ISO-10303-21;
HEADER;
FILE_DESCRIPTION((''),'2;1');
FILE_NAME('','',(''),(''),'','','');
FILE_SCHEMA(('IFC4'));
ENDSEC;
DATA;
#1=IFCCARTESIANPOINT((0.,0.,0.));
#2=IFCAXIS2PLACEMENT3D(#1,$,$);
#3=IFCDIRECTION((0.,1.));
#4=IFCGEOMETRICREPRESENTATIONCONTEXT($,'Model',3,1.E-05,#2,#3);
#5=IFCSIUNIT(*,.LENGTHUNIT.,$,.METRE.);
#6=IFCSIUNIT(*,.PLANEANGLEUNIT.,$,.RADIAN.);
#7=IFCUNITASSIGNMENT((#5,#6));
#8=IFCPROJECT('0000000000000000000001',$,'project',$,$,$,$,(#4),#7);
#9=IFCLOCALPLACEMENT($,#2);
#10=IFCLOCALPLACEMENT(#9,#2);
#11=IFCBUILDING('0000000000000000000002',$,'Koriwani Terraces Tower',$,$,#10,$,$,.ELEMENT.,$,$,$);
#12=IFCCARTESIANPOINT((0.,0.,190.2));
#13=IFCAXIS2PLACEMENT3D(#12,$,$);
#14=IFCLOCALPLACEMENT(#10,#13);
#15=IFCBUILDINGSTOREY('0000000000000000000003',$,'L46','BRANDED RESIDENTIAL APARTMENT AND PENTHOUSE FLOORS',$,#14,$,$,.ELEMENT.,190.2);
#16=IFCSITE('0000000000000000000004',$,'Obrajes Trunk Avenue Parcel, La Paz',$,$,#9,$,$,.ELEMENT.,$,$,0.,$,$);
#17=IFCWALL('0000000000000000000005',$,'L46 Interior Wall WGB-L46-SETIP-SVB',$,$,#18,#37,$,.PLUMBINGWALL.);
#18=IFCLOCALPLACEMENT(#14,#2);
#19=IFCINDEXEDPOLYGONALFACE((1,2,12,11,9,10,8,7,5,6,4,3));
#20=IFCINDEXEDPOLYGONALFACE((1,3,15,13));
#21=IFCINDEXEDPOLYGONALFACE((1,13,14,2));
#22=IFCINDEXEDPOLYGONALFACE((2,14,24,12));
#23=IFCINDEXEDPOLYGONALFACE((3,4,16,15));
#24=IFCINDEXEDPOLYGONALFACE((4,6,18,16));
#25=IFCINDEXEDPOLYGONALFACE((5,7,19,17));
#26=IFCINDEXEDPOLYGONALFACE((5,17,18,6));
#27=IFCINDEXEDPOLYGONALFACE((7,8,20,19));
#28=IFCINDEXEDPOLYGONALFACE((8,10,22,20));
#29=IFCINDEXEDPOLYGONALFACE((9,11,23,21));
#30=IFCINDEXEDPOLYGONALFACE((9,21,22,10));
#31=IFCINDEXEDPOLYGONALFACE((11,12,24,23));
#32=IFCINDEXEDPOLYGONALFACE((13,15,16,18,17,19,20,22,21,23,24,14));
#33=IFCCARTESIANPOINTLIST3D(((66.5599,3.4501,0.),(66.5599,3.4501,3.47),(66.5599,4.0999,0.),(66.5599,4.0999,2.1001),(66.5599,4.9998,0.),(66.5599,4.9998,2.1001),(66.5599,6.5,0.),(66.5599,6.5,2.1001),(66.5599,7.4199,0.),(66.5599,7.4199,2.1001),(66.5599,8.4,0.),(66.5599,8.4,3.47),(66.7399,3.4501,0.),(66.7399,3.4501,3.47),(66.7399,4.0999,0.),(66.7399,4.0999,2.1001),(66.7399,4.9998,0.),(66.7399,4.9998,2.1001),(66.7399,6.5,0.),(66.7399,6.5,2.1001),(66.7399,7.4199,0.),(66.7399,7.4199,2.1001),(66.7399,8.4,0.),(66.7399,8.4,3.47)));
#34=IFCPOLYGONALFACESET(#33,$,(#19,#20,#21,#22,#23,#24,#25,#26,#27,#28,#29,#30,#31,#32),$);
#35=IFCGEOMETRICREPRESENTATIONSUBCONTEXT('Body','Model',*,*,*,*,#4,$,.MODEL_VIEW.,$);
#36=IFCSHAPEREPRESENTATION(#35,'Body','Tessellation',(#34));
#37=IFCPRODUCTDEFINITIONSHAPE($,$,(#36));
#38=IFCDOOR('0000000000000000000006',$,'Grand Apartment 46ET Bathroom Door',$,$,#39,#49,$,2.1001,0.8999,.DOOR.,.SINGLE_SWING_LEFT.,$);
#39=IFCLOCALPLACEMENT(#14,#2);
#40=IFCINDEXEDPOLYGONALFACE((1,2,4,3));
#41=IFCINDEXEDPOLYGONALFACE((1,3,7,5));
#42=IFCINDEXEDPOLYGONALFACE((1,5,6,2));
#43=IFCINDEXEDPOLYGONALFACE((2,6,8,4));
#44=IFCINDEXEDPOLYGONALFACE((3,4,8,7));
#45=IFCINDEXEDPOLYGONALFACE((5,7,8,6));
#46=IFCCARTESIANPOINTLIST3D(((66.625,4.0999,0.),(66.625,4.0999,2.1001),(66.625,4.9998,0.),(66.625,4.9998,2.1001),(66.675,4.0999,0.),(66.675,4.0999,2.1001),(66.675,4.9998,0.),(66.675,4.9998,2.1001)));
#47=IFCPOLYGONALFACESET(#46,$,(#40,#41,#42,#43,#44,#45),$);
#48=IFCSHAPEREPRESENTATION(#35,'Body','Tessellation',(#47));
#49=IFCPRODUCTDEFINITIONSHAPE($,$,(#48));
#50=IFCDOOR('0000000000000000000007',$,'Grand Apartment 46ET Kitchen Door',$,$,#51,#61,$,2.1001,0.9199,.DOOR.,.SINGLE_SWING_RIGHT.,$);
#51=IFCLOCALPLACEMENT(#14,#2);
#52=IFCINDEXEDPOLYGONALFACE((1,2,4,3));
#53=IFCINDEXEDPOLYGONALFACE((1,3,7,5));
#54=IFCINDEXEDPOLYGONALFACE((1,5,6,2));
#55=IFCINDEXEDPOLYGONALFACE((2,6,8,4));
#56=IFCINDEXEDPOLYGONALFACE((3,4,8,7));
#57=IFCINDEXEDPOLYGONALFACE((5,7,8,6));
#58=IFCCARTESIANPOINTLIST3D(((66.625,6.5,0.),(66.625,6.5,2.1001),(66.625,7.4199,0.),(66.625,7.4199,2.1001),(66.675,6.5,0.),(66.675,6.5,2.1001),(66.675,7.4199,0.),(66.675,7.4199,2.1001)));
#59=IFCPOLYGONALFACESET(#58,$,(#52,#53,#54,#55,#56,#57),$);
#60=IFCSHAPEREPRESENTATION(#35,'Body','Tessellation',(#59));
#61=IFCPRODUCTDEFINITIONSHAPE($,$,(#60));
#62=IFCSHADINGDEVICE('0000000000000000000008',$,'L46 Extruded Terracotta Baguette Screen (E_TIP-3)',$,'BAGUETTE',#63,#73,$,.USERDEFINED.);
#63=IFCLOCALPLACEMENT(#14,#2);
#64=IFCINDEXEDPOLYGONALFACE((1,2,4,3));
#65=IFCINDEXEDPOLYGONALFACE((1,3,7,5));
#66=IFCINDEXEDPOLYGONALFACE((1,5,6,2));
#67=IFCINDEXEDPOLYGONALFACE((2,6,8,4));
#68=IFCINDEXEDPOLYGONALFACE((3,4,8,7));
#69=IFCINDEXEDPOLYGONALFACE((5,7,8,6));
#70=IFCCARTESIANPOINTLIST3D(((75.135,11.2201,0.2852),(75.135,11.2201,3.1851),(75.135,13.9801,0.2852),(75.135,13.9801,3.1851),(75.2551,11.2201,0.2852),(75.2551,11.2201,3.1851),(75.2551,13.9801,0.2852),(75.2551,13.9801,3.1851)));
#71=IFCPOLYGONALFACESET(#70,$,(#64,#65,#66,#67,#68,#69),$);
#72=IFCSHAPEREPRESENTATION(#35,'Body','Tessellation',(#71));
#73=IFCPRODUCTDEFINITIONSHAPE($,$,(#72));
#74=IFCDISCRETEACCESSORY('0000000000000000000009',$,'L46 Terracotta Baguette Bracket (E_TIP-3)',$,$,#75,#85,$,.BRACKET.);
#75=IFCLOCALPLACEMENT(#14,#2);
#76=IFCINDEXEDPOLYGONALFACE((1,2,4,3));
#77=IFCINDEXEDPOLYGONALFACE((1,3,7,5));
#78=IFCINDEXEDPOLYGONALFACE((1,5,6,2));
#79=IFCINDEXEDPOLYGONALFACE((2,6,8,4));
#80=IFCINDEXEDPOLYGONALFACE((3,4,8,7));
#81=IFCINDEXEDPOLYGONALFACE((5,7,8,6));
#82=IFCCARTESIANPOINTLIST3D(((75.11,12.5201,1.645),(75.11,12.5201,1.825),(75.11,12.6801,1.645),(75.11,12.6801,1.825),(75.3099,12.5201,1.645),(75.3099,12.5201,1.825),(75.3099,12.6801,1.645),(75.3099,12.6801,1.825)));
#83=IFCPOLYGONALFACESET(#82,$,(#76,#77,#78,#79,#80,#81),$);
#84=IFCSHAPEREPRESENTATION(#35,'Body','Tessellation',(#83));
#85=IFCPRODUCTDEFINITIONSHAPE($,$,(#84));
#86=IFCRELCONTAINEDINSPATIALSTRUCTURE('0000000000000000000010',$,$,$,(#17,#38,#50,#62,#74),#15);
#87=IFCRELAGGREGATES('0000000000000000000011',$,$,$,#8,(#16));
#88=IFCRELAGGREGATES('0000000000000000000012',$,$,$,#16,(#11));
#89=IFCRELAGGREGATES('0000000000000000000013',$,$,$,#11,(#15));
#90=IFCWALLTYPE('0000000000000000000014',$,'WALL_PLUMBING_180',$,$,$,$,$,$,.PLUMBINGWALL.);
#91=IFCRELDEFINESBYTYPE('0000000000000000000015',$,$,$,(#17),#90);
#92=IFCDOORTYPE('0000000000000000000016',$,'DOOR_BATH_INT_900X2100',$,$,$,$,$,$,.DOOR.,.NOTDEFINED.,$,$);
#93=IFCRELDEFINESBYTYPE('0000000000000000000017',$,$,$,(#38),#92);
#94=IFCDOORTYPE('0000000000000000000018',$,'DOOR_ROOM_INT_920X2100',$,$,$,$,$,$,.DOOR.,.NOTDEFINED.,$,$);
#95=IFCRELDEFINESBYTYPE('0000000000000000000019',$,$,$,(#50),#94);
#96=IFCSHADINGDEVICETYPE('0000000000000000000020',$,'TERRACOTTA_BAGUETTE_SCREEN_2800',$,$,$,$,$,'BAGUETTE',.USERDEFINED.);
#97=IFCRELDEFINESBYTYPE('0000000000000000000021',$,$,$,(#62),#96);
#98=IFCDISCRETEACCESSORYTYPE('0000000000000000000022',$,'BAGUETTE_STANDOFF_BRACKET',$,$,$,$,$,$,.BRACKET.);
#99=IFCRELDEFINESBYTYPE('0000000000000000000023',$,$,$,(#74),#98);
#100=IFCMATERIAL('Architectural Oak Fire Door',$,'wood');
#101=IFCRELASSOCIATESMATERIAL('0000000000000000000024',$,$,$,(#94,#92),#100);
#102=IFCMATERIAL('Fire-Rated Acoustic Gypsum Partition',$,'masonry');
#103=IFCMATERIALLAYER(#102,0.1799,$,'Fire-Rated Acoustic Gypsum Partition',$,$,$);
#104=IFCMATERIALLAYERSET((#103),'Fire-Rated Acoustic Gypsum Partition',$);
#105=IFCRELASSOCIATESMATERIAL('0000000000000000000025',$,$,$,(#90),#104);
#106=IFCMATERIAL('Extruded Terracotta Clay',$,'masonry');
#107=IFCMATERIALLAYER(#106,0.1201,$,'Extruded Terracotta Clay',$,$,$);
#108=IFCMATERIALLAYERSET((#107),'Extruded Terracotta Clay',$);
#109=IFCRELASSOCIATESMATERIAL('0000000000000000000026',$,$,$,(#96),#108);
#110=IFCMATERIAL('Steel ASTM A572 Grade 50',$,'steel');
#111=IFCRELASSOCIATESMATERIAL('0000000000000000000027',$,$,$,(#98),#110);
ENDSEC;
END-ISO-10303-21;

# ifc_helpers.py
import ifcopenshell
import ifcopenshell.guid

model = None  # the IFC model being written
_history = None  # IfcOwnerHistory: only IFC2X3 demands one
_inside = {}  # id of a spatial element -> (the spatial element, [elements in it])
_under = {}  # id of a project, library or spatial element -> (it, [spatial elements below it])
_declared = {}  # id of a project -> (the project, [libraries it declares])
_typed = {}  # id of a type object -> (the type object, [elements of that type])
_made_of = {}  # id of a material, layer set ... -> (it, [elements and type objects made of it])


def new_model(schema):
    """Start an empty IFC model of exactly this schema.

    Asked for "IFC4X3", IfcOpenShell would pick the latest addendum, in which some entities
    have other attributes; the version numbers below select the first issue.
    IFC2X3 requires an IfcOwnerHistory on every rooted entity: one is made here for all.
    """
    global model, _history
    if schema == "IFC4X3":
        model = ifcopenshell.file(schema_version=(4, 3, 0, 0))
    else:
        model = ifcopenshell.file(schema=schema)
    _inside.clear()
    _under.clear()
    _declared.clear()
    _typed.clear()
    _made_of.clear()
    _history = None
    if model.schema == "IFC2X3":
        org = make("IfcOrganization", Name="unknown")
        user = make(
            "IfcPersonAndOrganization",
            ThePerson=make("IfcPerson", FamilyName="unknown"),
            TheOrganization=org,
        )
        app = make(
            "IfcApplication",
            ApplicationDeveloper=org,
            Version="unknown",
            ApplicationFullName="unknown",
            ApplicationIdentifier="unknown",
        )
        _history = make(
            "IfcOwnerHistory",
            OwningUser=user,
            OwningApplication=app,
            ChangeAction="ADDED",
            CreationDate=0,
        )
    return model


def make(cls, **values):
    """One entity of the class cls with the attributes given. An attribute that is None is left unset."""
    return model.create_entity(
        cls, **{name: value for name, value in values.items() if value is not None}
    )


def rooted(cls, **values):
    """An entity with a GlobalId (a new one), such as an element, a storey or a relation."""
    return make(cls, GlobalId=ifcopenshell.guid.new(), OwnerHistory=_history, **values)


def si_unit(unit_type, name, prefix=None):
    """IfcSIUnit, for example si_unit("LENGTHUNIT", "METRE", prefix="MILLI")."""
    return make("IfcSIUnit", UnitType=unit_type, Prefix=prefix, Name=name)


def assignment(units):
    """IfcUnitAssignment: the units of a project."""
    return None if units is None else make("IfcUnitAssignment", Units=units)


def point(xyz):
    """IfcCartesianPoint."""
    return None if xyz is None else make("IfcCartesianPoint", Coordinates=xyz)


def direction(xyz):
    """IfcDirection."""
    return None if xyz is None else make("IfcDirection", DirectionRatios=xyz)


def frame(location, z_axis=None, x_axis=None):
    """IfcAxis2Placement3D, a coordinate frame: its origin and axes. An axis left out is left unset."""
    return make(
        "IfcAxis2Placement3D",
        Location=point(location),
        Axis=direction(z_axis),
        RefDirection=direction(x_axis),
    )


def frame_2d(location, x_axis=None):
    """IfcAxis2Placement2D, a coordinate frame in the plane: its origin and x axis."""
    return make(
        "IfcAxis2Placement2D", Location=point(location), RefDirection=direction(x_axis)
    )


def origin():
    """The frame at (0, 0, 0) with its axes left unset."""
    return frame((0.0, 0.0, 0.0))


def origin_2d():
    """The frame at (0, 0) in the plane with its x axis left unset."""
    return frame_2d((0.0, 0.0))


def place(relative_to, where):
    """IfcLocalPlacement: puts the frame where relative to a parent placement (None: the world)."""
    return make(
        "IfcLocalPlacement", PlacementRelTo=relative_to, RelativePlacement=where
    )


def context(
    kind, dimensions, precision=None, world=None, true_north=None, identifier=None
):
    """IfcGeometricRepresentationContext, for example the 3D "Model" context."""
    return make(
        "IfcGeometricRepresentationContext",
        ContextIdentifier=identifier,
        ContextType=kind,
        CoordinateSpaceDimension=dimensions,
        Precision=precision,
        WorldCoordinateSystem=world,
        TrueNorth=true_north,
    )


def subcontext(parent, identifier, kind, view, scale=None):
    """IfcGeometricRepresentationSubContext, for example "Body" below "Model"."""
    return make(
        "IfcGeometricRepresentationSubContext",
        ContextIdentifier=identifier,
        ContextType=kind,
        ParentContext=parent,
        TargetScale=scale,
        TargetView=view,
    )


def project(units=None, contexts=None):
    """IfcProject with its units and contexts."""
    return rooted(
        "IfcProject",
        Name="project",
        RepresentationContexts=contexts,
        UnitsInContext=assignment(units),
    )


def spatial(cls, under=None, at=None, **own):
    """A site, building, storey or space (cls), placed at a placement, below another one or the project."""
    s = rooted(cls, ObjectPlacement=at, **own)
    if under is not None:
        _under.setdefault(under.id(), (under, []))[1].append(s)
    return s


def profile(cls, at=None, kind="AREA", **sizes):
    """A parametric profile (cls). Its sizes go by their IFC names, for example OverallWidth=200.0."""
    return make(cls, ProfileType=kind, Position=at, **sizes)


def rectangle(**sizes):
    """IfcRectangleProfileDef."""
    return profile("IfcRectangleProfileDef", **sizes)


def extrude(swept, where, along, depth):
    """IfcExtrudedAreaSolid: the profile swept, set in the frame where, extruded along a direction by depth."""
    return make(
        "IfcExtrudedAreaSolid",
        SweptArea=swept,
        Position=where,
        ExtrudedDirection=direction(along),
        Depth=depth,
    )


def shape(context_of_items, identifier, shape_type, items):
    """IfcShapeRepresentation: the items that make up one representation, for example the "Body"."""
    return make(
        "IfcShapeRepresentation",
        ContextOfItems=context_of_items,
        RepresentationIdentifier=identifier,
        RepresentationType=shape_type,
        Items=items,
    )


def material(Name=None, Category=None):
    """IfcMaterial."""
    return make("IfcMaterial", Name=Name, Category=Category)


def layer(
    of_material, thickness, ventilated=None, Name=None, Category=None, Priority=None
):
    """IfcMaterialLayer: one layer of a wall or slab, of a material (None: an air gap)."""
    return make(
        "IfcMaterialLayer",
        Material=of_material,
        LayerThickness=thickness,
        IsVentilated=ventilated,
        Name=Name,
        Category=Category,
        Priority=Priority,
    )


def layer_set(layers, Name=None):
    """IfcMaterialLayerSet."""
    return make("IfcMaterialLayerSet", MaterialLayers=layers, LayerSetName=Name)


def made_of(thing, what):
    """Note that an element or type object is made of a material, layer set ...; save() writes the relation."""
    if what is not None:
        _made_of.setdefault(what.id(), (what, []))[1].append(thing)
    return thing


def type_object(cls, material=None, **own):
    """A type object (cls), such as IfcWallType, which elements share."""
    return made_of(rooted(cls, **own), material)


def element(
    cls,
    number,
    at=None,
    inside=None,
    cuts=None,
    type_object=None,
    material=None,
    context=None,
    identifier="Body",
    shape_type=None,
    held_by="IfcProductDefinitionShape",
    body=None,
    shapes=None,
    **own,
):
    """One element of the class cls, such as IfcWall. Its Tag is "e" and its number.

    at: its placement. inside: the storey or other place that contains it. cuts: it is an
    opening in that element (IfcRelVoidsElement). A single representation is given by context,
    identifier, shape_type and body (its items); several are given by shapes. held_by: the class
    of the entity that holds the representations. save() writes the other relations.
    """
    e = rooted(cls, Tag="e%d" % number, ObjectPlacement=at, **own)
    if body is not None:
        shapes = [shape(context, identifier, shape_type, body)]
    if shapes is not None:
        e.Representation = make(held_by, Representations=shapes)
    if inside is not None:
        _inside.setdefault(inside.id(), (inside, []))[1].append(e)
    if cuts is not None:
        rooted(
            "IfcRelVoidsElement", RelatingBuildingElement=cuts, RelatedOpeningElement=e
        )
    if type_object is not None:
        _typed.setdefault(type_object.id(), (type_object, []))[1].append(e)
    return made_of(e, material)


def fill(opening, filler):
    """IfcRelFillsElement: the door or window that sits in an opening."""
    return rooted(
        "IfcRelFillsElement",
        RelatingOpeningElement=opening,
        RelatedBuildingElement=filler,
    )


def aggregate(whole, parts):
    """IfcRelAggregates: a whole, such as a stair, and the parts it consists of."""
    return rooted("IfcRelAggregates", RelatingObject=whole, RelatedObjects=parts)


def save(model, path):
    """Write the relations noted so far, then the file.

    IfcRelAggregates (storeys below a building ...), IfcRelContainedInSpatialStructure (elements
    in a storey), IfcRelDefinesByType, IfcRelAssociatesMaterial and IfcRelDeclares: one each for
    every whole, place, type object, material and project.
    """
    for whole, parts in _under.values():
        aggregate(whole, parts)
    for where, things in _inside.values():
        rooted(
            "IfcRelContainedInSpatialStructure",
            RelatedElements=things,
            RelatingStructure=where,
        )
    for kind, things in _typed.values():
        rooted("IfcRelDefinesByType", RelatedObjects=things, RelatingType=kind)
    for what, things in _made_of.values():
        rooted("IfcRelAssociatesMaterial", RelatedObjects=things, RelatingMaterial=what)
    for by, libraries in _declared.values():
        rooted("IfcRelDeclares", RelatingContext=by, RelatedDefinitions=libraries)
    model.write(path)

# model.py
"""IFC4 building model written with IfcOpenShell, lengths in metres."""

from ifc_helpers import new_model, si_unit, direction, frame, frame_2d, origin, origin_2d, place, context, subcontext, project, spatial, rectangle, extrude, material, layer, layer_set, type_object, element, fill, save


model = new_model("IFC4")

# Units and contexts
model_context = context("Model", 3, precision=1e-05, world=origin(), true_north=direction((0.0, 1.0)))
body_context = subcontext(model_context, "Body", "Model", "MODEL_VIEW")
ifc_project = project(units=[si_unit("LENGTHUNIT", "METRE"), si_unit("PLANEANGLEUNIT", "RADIAN")], contexts=[model_context])

# Site, building, storey
site_placement = place(None, origin())
site = spatial("IfcSite", under=ifc_project, at=site_placement, Name="Obrajes Trunk Avenue Parcel, La Paz", CompositionType="ELEMENT", RefElevation=0.0)
building_placement = place(site_placement, origin())
building = spatial("IfcBuilding", under=site, at=building_placement, Name="Koriwani Terraces Tower", CompositionType="ELEMENT")
storey_placement = place(building_placement, frame((0.0, 0.0, 190.2)))
storey = spatial("IfcBuildingStorey", under=building, at=storey_placement, Name="L46", Description="BRANDED RESIDENTIAL APARTMENT AND PENTHOUSE FLOORS", CompositionType="ELEMENT", Elevation=190.2)

# Shared definitions
ifc_material_1 = material(Name="Steel ASTM A572 Grade 50", Category="steel")

# Shared definitions
ifc_material_2 = material(Name="Fire-Rated Acoustic Gypsum Partition", Category="masonry")
ifc_material_3 = material(Name="Architectural Oak Fire Door", Category="wood")
door_type_1 = type_object("IfcDoorType", Name="DOOR_ROOM_INT_920X2100", OperationType="NOTDEFINED", PredefinedType="DOOR", material=ifc_material_3)

# Wall, openings, doors
ifc_layer_1 = layer(ifc_material_2, 0.1799, Name="Fire-Rated Acoustic Gypsum Partition")
ifc_layer_set_1 = layer_set([ifc_layer_1], Name="Fire-Rated Acoustic Gypsum Partition")
wall_type_1 = type_object("IfcWallType", Name="WALL_PLUMBING_180", PredefinedType="PLUMBINGWALL", material=ifc_layer_set_1)
wall_1_placement = place(storey_placement, frame((66.6499, 3.45, 0.0), z_axis=(0.0, 0.0, 1.0), x_axis=(0.0, 1.0, 0.0)))
wall_1 = element("IfcWall", 1, at=wall_1_placement, inside=storey, type_object=wall_type_1, Name="L46 Interior Wall WGB-L46-SETIP-SVB", PredefinedType="PLUMBINGWALL", context=body_context, shape_type="SweptSolid", body=[
    extrude(rectangle(XDim=4.95, YDim=0.1799, at=frame_2d((2.4751, 0.0))), origin(), (0.0, 0.0, 1.0), 3.47),
])
opening_1_placement = place(wall_1_placement, frame((0.6499, 0.0, 0.0)))
opening_1 = element("IfcOpeningElement", 2, at=opening_1_placement, cuts=wall_1, PredefinedType="OPENING", context=body_context, shape_type="SweptSolid", body=[
    extrude(rectangle(XDim=0.8999, YDim=2.1001, at=frame_2d((0.45, 1.05))), frame((0.0, 0.1001, 0.0), z_axis=(0.0, -1.0, 0.0), x_axis=(1.0, 0.0, 0.0)), (0.0, 0.0, 1.0), 0.2),
])
opening_2_placement = place(wall_1_placement, frame((3.05, 0.0, 0.0)))
opening_2 = element("IfcOpeningElement", 3, at=opening_2_placement, cuts=wall_1, PredefinedType="OPENING", context=body_context, shape_type="SweptSolid", body=[
    extrude(rectangle(XDim=0.9199, YDim=2.1001, at=frame_2d((0.46, 1.05))), frame((0.0, 0.1001, 0.0), z_axis=(0.0, -1.0, 0.0), x_axis=(1.0, 0.0, 0.0)), (0.0, 0.0, 1.0), 0.2),
])
door_type_2 = type_object("IfcDoorType", Name="DOOR_BATH_INT_900X2100", OperationType="NOTDEFINED", PredefinedType="DOOR", material=ifc_material_3)
door_1_placement = place(opening_1_placement, origin())
door_1 = element("IfcDoor", 4, at=door_1_placement, inside=storey, type_object=door_type_2, Name="Grand Apartment 46ET Bathroom Door", OperationType="SINGLE_SWING_LEFT", OverallHeight=2.1001, OverallWidth=0.8999, PredefinedType="DOOR", context=body_context, shape_type="SweptSolid", body=[
    extrude(rectangle(XDim=0.8999, YDim=2.1001, at=frame_2d((0.45, 1.05))), frame((0.0, 0.0249, 0.0), z_axis=(0.0, -1.0, 0.0), x_axis=(1.0, 0.0, 0.0)), (0.0, 0.0, 1.0), 0.05),
])
fill(opening_1, door_1)
door_2_placement = place(opening_2_placement, origin())
door_2 = element("IfcDoor", 5, at=door_2_placement, inside=storey, type_object=door_type_1, Name="Grand Apartment 46ET Kitchen Door", OperationType="SINGLE_SWING_RIGHT", OverallHeight=2.1001, OverallWidth=0.9199, PredefinedType="DOOR", context=body_context, shape_type="SweptSolid", body=[
    extrude(rectangle(XDim=0.9199, YDim=2.1001, at=frame_2d((0.46, 1.05))), frame((0.0, 0.0249, 0.0), z_axis=(0.0, -1.0, 0.0), x_axis=(1.0, 0.0, 0.0)), (0.0, 0.0, 1.0), 0.05),
])
fill(opening_2, door_2)

# Shading device
ifc_material_4 = material(Name="Extruded Terracotta Clay", Category="masonry")
ifc_layer_2 = layer(ifc_material_4, 0.1201, Name="Extruded Terracotta Clay")
ifc_layer_set_2 = layer_set([ifc_layer_2], Name="Extruded Terracotta Clay")
shading_device_type = type_object("IfcShadingDeviceType", Name="TERRACOTTA_BAGUETTE_SCREEN_2800", ElementType="BAGUETTE", PredefinedType="USERDEFINED", material=ifc_layer_set_2)
shading_device_placement = place(storey_placement, frame((75.1951, 12.6001, 0.2852), z_axis=(0.0, 0.0, 1.0), x_axis=(0.0, -1.0, 0.0)))
element("IfcShadingDevice", 6, at=shading_device_placement, inside=storey, type_object=shading_device_type, Name="L46 Extruded Terracotta Baguette Screen (E_TIP-3)", ObjectType="BAGUETTE", PredefinedType="USERDEFINED", context=body_context, shape_type="SweptSolid", body=[
    extrude(rectangle(XDim=2.76, YDim=0.1201, at=origin_2d()), origin(), (0.0, 0.0, 1.0), 2.8999),
])

# Discrete accessory
discrete_accessory_type = type_object("IfcDiscreteAccessoryType", Name="BAGUETTE_STANDOFF_BRACKET", PredefinedType="BRACKET", material=ifc_material_1)
discrete_accessory_placement = place(storey_placement, frame((75.21, 12.6001, 1.645), z_axis=(0.0, 0.0, 1.0), x_axis=(0.0, -1.0, 0.0)))
element("IfcDiscreteAccessory", 7, at=discrete_accessory_placement, inside=storey, type_object=discrete_accessory_type, Name="L46 Terracotta Baguette Bracket (E_TIP-3)", PredefinedType="BRACKET", context=body_context, shape_type="SweptSolid", body=[
    extrude(rectangle(XDim=0.1599, YDim=0.2, at=origin_2d()), origin(), (0.0, 0.0, 1.0), 0.1799),
])

save(model, "model.ifc")
